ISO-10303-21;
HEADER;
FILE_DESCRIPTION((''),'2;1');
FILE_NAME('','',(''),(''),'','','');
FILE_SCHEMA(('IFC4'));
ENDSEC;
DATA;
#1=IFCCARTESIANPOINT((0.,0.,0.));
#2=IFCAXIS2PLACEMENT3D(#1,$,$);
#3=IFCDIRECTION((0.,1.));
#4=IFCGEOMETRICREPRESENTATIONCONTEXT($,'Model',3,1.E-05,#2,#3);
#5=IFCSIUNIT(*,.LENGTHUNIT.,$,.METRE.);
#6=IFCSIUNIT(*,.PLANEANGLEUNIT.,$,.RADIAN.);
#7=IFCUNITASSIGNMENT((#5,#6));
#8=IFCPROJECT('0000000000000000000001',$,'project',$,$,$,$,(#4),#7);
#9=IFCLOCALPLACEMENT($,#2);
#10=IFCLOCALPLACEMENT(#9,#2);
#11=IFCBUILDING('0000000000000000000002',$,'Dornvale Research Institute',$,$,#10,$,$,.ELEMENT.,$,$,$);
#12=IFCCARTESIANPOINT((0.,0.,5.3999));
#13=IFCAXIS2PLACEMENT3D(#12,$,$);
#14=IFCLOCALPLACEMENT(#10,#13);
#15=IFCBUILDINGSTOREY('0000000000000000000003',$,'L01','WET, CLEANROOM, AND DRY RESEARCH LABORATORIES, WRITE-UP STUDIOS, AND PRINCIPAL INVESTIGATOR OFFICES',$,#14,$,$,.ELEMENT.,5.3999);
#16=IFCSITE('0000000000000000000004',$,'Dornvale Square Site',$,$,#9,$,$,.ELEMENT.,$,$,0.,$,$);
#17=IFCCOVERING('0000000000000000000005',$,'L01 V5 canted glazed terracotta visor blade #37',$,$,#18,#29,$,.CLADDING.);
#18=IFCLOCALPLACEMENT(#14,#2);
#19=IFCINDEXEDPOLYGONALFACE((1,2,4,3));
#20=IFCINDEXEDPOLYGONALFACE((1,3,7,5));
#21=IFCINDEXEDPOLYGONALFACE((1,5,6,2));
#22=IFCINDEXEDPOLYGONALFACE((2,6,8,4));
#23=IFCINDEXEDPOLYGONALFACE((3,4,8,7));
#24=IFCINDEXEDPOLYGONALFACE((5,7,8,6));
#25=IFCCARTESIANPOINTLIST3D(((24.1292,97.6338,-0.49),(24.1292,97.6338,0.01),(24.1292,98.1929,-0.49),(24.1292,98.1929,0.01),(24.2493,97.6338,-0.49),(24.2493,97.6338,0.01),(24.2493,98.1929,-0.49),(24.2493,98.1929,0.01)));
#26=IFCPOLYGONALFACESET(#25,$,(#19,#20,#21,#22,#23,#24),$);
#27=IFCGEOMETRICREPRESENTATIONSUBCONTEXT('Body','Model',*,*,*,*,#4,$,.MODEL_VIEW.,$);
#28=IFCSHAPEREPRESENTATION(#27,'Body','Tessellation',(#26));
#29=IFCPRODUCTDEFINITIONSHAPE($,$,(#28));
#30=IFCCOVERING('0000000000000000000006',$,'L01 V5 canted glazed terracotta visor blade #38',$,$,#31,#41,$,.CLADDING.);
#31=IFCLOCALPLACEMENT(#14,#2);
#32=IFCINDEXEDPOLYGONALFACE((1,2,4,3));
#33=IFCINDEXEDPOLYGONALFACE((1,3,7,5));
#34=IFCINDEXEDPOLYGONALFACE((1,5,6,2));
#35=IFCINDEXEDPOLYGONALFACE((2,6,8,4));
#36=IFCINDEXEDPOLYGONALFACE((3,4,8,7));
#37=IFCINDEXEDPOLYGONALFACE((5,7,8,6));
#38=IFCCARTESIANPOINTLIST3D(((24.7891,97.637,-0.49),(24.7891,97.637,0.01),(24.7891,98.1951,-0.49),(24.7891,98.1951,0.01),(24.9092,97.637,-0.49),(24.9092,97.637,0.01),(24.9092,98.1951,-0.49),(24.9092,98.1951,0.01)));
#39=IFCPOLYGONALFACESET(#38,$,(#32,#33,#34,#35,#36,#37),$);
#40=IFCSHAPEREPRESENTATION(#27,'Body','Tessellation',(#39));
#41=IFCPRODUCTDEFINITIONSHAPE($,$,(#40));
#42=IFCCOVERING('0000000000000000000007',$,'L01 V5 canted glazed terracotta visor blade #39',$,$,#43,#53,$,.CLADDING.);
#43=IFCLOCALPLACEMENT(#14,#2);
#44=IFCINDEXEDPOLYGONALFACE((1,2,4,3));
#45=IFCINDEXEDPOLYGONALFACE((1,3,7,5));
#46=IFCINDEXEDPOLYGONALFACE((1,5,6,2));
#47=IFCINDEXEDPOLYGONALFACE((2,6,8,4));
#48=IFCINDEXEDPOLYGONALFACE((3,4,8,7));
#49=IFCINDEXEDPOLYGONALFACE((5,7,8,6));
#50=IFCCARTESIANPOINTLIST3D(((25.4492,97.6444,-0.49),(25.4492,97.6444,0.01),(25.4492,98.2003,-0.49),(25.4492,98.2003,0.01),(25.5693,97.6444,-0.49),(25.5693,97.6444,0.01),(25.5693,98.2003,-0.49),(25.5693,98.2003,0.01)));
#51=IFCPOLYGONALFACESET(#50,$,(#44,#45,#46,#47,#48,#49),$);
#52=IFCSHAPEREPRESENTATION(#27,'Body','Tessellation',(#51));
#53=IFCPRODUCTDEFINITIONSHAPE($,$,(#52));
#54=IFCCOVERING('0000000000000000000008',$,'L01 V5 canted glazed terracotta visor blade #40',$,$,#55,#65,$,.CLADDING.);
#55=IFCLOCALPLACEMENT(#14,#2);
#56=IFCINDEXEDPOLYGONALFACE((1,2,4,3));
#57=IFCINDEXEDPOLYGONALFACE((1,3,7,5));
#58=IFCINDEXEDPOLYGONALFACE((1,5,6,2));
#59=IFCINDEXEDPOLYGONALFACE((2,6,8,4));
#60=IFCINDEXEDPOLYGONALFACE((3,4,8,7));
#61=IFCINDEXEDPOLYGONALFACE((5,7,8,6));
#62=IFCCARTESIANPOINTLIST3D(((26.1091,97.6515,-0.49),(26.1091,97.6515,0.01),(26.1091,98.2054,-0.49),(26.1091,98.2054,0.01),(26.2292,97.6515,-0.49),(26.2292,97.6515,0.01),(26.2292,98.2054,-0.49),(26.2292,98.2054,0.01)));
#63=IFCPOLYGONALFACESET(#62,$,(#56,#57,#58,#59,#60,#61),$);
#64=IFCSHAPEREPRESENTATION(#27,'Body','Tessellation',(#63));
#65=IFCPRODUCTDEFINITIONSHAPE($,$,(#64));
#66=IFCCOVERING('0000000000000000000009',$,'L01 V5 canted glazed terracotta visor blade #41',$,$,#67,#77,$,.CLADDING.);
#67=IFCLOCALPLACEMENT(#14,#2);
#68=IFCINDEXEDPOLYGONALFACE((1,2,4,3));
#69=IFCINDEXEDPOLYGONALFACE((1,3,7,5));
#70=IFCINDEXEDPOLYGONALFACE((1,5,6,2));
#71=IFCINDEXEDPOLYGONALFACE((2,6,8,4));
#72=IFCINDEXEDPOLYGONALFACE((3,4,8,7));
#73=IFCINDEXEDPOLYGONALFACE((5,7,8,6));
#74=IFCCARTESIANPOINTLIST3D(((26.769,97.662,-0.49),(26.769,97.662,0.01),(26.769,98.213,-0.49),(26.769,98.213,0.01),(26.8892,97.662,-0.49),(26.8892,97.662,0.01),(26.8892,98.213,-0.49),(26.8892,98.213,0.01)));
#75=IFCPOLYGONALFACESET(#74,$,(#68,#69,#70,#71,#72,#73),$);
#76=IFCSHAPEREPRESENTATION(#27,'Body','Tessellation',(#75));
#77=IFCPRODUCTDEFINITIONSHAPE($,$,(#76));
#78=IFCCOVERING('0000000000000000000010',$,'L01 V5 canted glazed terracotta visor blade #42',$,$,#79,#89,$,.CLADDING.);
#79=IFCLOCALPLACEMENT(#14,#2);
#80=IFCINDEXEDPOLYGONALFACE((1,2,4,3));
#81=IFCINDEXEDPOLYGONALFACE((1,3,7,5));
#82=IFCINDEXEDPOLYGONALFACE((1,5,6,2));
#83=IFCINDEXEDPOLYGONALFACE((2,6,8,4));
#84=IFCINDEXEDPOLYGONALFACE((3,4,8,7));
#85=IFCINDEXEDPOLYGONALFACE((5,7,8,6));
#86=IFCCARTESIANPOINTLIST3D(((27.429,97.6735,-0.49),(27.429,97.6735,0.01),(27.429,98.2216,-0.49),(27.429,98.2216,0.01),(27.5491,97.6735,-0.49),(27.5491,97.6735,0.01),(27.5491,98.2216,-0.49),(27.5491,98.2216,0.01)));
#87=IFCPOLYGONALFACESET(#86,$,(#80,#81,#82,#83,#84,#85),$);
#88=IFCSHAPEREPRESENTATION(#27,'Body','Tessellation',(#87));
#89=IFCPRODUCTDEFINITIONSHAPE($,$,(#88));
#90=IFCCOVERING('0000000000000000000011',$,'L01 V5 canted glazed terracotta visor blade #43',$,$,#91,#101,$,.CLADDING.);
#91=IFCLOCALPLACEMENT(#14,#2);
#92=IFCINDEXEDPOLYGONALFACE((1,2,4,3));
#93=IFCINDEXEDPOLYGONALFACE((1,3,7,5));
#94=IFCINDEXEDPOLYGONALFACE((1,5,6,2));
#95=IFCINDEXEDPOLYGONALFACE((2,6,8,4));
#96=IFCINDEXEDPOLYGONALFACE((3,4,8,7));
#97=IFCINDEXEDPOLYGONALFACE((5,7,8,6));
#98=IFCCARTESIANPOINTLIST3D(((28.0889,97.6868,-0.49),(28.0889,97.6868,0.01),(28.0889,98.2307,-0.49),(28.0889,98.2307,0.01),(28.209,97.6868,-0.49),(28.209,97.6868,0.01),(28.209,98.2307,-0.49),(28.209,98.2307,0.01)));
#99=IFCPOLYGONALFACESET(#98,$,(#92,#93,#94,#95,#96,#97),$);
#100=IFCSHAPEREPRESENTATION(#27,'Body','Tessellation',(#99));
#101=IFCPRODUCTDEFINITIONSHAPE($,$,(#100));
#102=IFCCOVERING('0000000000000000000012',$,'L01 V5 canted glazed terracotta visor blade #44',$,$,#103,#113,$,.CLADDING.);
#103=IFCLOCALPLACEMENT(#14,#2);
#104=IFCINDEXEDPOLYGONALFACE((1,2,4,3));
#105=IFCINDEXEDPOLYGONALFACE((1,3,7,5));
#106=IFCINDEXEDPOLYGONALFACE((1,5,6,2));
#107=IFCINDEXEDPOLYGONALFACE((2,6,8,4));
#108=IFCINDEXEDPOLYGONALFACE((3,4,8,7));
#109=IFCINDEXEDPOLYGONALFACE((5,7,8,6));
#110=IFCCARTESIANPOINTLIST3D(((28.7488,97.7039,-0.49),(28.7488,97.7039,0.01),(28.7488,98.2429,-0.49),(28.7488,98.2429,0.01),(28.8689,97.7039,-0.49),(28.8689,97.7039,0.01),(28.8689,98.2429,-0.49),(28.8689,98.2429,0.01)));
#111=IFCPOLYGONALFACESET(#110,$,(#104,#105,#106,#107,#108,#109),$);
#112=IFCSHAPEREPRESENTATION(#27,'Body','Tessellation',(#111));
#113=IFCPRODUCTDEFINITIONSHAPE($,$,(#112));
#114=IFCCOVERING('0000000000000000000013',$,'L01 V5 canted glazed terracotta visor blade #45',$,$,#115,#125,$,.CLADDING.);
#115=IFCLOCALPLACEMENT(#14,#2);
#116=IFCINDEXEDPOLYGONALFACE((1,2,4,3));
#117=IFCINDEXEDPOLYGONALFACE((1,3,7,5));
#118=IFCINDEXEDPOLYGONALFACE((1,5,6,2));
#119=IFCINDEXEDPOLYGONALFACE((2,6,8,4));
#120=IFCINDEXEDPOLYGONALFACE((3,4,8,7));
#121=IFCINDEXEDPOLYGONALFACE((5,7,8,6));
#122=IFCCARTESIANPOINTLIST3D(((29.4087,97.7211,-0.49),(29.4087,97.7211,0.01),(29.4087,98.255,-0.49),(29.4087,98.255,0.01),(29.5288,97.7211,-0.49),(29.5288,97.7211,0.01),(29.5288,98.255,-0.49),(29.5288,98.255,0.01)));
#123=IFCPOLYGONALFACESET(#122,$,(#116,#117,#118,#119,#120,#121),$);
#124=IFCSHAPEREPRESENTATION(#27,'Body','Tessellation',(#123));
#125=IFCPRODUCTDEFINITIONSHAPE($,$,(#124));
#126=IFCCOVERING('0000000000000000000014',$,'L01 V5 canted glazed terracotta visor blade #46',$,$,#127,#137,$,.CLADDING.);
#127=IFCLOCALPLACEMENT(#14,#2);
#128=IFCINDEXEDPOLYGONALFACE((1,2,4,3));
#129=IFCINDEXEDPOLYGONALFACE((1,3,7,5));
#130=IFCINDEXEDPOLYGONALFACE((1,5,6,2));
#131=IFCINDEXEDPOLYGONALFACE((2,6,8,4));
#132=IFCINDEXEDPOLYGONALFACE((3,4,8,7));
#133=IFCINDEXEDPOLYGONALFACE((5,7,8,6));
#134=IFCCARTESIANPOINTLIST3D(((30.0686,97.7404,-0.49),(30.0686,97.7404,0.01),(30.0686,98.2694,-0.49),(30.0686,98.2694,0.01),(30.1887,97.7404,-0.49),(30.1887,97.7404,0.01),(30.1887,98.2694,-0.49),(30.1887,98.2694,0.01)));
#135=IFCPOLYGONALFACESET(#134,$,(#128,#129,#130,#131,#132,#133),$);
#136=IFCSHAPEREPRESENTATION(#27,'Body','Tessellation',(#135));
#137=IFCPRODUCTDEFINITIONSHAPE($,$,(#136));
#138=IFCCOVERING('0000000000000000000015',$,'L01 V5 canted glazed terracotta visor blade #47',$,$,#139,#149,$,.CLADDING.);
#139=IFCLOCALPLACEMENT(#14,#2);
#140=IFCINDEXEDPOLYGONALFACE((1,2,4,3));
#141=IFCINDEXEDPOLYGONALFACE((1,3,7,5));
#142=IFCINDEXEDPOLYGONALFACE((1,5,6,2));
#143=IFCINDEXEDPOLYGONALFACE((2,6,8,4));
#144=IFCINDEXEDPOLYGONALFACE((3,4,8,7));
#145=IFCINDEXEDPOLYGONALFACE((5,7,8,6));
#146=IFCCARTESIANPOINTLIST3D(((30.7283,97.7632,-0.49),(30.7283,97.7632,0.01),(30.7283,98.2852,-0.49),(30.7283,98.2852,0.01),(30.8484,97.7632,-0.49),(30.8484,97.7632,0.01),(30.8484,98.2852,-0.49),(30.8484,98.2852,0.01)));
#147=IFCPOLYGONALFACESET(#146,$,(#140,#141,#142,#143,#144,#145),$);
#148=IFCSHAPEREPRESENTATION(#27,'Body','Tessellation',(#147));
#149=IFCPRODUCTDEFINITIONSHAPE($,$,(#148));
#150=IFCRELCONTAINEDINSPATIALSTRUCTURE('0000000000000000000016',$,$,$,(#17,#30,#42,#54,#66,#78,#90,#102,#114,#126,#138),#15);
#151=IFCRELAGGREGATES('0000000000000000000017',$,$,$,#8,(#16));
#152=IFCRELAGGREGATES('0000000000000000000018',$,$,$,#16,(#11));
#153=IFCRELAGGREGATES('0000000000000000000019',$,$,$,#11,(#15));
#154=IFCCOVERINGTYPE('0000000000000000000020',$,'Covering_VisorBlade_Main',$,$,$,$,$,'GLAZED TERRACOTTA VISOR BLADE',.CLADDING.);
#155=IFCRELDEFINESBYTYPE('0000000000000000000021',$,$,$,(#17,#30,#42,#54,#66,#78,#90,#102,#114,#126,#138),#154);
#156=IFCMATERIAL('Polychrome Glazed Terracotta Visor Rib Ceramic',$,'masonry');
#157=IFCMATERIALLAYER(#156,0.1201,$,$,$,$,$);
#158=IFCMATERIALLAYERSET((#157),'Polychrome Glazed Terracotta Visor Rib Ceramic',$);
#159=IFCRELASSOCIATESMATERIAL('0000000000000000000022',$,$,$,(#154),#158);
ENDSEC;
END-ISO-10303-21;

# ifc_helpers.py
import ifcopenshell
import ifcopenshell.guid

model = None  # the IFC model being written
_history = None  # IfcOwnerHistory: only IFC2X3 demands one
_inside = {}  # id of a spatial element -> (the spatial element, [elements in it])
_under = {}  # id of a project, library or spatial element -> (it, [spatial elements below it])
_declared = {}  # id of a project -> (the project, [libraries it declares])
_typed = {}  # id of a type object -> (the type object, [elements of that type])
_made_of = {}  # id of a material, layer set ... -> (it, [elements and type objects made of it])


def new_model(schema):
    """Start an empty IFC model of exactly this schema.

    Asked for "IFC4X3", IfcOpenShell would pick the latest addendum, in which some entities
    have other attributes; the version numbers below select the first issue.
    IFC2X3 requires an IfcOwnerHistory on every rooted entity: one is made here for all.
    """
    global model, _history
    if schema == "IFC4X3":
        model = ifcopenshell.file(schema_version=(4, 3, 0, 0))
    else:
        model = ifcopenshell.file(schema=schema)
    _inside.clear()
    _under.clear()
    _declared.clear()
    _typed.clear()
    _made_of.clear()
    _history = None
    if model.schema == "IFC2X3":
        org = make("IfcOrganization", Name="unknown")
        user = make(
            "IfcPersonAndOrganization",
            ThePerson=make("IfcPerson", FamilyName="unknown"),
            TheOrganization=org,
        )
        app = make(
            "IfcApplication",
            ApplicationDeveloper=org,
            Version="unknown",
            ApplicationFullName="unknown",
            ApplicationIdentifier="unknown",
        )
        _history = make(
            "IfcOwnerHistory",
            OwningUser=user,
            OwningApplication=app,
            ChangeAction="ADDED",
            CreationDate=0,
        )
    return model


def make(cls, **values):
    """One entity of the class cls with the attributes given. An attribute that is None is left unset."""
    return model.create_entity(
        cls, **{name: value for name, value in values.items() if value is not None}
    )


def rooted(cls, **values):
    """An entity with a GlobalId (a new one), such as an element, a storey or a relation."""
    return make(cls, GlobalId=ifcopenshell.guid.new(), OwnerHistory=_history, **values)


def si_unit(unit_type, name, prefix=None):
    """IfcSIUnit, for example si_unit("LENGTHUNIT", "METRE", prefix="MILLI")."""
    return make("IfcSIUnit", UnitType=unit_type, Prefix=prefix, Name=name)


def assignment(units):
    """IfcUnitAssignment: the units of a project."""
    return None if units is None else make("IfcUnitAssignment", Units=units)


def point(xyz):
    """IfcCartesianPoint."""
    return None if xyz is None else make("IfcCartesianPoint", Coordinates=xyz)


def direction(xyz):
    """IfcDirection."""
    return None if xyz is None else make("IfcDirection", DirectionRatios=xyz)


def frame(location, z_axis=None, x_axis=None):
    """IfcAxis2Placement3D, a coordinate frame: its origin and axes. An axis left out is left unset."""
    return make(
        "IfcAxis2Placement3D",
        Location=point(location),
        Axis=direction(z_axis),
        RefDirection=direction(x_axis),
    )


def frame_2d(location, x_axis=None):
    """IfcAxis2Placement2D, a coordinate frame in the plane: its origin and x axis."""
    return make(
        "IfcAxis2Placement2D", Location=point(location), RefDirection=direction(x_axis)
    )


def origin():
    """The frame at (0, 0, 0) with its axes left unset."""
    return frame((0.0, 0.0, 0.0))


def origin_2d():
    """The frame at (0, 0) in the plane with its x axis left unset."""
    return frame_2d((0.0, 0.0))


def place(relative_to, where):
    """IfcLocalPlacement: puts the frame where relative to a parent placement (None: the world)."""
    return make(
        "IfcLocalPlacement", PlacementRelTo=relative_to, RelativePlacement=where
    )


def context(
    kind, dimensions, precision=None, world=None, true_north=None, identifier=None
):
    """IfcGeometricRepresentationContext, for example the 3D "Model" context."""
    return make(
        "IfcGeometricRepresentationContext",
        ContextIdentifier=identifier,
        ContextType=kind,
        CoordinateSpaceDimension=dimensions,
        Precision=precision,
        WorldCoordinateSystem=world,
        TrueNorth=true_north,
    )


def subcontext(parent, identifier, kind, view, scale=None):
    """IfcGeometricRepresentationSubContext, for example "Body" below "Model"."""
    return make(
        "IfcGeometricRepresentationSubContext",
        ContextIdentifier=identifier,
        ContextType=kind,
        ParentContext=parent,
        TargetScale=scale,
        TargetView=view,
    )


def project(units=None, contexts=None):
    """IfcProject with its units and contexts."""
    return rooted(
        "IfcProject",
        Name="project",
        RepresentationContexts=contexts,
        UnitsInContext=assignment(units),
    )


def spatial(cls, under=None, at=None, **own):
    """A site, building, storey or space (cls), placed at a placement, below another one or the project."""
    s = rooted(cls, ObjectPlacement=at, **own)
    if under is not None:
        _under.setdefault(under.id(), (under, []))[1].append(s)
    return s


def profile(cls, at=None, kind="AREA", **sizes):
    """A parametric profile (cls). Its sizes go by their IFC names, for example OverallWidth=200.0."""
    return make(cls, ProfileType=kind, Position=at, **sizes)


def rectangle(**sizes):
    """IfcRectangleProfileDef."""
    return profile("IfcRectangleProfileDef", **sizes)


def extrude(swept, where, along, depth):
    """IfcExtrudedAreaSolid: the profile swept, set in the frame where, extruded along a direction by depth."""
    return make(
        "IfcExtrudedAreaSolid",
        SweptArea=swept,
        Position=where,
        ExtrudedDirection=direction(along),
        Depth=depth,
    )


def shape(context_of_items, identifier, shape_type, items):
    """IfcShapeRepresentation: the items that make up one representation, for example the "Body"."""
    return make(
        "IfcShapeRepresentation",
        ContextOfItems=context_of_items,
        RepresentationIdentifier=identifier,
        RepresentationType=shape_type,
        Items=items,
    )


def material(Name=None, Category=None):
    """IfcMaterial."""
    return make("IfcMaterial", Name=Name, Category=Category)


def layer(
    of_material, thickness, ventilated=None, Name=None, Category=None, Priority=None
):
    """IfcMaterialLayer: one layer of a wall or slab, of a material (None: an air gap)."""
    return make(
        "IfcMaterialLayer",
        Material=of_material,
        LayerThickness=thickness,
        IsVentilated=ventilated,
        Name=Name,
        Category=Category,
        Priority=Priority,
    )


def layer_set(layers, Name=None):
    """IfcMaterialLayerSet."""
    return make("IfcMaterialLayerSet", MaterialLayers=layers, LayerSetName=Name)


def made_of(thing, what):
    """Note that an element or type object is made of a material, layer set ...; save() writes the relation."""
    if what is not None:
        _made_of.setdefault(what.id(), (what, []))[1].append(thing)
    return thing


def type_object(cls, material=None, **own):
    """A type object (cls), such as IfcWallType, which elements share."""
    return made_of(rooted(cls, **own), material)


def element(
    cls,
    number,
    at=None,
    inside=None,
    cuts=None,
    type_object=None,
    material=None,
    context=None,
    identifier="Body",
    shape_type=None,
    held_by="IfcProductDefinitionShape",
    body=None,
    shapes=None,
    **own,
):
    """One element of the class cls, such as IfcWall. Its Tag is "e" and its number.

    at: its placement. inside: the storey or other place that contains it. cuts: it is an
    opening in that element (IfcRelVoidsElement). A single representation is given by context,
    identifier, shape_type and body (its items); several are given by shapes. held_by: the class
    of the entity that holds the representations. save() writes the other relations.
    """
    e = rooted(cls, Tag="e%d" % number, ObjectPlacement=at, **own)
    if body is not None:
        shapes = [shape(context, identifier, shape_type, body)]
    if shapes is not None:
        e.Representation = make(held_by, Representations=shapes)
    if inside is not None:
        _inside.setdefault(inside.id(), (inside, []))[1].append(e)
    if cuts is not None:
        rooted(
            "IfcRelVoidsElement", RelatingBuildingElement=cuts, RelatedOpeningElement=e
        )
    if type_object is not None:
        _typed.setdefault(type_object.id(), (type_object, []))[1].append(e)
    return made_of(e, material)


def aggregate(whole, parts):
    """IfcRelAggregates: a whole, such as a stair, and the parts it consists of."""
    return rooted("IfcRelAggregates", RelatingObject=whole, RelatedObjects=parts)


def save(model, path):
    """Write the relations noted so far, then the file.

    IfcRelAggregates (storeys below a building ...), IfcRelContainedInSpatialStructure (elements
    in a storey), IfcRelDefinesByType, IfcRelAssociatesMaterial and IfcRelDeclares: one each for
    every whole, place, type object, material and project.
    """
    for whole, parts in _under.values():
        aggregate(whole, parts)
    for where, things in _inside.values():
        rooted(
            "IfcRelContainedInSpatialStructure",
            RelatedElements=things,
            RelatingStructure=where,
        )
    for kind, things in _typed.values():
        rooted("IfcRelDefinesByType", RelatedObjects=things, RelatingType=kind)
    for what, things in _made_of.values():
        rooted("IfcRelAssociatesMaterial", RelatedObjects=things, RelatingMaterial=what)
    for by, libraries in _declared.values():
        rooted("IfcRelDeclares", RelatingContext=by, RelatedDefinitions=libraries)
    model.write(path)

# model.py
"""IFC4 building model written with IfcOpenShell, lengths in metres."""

from ifc_helpers import new_model, si_unit, direction, frame, origin, origin_2d, place, context, subcontext, project, spatial, rectangle, extrude, material, layer, layer_set, type_object, element, save


model = new_model("IFC4")

# Units and contexts
model_context = context("Model", 3, precision=1e-05, world=origin(), true_north=direction((0.0, 1.0)))
body_context = subcontext(model_context, "Body", "Model", "MODEL_VIEW")
ifc_project = project(units=[si_unit("LENGTHUNIT", "METRE"), si_unit("PLANEANGLEUNIT", "RADIAN")], contexts=[model_context])

# Site, building, storey
site_placement = place(None, origin())
site = spatial("IfcSite", under=ifc_project, at=site_placement, Name="Dornvale Square Site", CompositionType="ELEMENT", RefElevation=0.0)
building_placement = place(site_placement, origin())
building = spatial("IfcBuilding", under=site, at=building_placement, Name="Dornvale Research Institute", CompositionType="ELEMENT")
storey_placement = place(building_placement, frame((0.0, 0.0, 5.3999)))
storey = spatial("IfcBuildingStorey", under=building, at=storey_placement, Name="L01", Description="WET, CLEANROOM, AND DRY RESEARCH LABORATORIES, WRITE-UP STUDIOS, AND PRINCIPAL INVESTIGATOR OFFICES", CompositionType="ELEMENT", Elevation=5.3999)

# Coverings
ifc_material_1 = material(Name="Polychrome Glazed Terracotta Visor Rib Ceramic", Category="masonry")
ifc_layer_1 = layer(ifc_material_1, 0.1201)
ifc_layer_set_1 = layer_set([ifc_layer_1], Name="Polychrome Glazed Terracotta Visor Rib Ceramic")
covering_type = type_object("IfcCoveringType", Name="Covering_VisorBlade_Main", ElementType="GLAZED TERRACOTTA VISOR BLADE", PredefinedType="CLADDING", material=ifc_layer_set_1)
covering_1_placement = place(storey_placement, frame((24.1892, 97.9133, -0.49), z_axis=(0.0, 0.0, 1.0), x_axis=(0.0, 1.0, 0.0)))
element("IfcCovering", 1, at=covering_1_placement, inside=storey, type_object=covering_type, Name="L01 V5 canted glazed terracotta visor blade #37", PredefinedType="CLADDING", context=body_context, shape_type="SweptSolid", body=[
    extrude(rectangle(XDim=0.5591, YDim=0.1201, at=origin_2d()), origin(), (0.0, 0.0, 1.0), 0.5),
])
covering_2_placement = place(storey_placement, frame((24.8491, 97.916, -0.49), z_axis=(0.0, 0.0, 1.0), x_axis=(0.0, 1.0, 0.0)))
element("IfcCovering", 2, at=covering_2_placement, inside=storey, type_object=covering_type, Name="L01 V5 canted glazed terracotta visor blade #38", PredefinedType="CLADDING", context=body_context, shape_type="SweptSolid", body=[
    extrude(rectangle(XDim=0.5581, YDim=0.1201, at=origin_2d()), origin(), (0.0, 0.0, 1.0), 0.5),
])
covering_3_placement = place(storey_placement, frame((25.5093, 97.9224, -0.49), z_axis=(0.0, 0.0, 1.0), x_axis=(0.0, 1.0, 0.0)))
element("IfcCovering", 3, at=covering_3_placement, inside=storey, type_object=covering_type, Name="L01 V5 canted glazed terracotta visor blade #39", PredefinedType="CLADDING", context=body_context, shape_type="SweptSolid", body=[
    extrude(rectangle(XDim=0.5559, YDim=0.1201, at=origin_2d()), origin(), (0.0, 0.0, 1.0), 0.5),
])
covering_4_placement = place(storey_placement, frame((26.1692, 97.9285, -0.49), z_axis=(0.0, 0.0, 1.0), x_axis=(0.0, 1.0, 0.0)))
element("IfcCovering", 4, at=covering_4_placement, inside=storey, type_object=covering_type, Name="L01 V5 canted glazed terracotta visor blade #40", PredefinedType="CLADDING", context=body_context, shape_type="SweptSolid", body=[
    extrude(rectangle(XDim=0.554, YDim=0.1201, at=origin_2d()), origin(), (0.0, 0.0, 1.0), 0.5),
])
covering_5_placement = place(storey_placement, frame((26.8291, 97.9375, -0.49), z_axis=(0.0, 0.0, 1.0), x_axis=(0.0, 1.0, 0.0)))
element("IfcCovering", 5, at=covering_5_placement, inside=storey, type_object=covering_type, Name="L01 V5 canted glazed terracotta visor blade #41", PredefinedType="CLADDING", context=body_context, shape_type="SweptSolid", body=[
    extrude(rectangle(XDim=0.551, YDim=0.1201, at=origin_2d()), origin(), (0.0, 0.0, 1.0), 0.5),
])
covering_6_placement = place(storey_placement, frame((27.489, 97.9475, -0.49), z_axis=(0.0, 0.0, 1.0), x_axis=(0.0, 1.0, 0.0)))
element("IfcCovering", 6, at=covering_6_placement, inside=storey, type_object=covering_type, Name="L01 V5 canted glazed terracotta visor blade #42", PredefinedType="CLADDING", context=body_context, shape_type="SweptSolid", body=[
    extrude(rectangle(XDim=0.5481, YDim=0.1201, at=origin_2d()), origin(), (0.0, 0.0, 1.0), 0.5),
])
covering_7_placement = place(storey_placement, frame((28.1489, 97.9587, -0.49), z_axis=(0.0, 0.0, 1.0), x_axis=(0.0, 1.0, 0.0)))
element("IfcCovering", 7, at=covering_7_placement, inside=storey, type_object=covering_type, Name="L01 V5 canted glazed terracotta visor blade #43", PredefinedType="CLADDING", context=body_context, shape_type="SweptSolid", body=[
    extrude(rectangle(XDim=0.5439, YDim=0.1201, at=origin_2d()), origin(), (0.0, 0.0, 1.0), 0.5),
])
covering_8_placement = place(storey_placement, frame((28.8088, 97.9734, -0.49), z_axis=(0.0, 0.0, 1.0), x_axis=(0.0, 1.0, 0.0)))
element("IfcCovering", 8, at=covering_8_placement, inside=storey, type_object=covering_type, Name="L01 V5 canted glazed terracotta visor blade #44", PredefinedType="CLADDING", context=body_context, shape_type="SweptSolid", body=[
    extrude(rectangle(XDim=0.5391, YDim=0.1201, at=origin_2d()), origin(), (0.0, 0.0, 1.0), 0.5),
])
covering_9_placement = place(storey_placement, frame((29.4688, 97.988, -0.49), z_axis=(0.0, 0.0, 1.0), x_axis=(0.0, 1.0, 0.0)))
element("IfcCovering", 9, at=covering_9_placement, inside=storey, type_object=covering_type, Name="L01 V5 canted glazed terracotta visor blade #45", PredefinedType="CLADDING", context=body_context, shape_type="SweptSolid", body=[
    extrude(rectangle(XDim=0.5339, YDim=0.1201, at=origin_2d()), origin(), (0.0, 0.0, 1.0), 0.5),
])
covering_10_placement = place(storey_placement, frame((30.1287, 98.0049, -0.49), z_axis=(0.0, 0.0, 1.0), x_axis=(0.0, 1.0, 0.0)))
element("IfcCovering", 10, at=covering_10_placement, inside=storey, type_object=covering_type, Name="L01 V5 canted glazed terracotta visor blade #46", PredefinedType="CLADDING", context=body_context, shape_type="SweptSolid", body=[
    extrude(rectangle(XDim=0.5291, YDim=0.1201, at=origin_2d()), origin(), (0.0, 0.0, 1.0), 0.5),
])
covering_11_placement = place(storey_placement, frame((30.7883, 98.0242, -0.49), z_axis=(0.0, 0.0, 1.0), x_axis=(0.0, 1.0, 0.0)))
element("IfcCovering", 11, at=covering_11_placement, inside=storey, type_object=covering_type, Name="L01 V5 canted glazed terracotta visor blade #47", PredefinedType="CLADDING", context=body_context, shape_type="SweptSolid", body=[
    extrude(rectangle(XDim=0.522, YDim=0.1201, at=origin_2d()), origin(), (0.0, 0.0, 1.0), 0.5),
])

save(model, "model.ifc")
